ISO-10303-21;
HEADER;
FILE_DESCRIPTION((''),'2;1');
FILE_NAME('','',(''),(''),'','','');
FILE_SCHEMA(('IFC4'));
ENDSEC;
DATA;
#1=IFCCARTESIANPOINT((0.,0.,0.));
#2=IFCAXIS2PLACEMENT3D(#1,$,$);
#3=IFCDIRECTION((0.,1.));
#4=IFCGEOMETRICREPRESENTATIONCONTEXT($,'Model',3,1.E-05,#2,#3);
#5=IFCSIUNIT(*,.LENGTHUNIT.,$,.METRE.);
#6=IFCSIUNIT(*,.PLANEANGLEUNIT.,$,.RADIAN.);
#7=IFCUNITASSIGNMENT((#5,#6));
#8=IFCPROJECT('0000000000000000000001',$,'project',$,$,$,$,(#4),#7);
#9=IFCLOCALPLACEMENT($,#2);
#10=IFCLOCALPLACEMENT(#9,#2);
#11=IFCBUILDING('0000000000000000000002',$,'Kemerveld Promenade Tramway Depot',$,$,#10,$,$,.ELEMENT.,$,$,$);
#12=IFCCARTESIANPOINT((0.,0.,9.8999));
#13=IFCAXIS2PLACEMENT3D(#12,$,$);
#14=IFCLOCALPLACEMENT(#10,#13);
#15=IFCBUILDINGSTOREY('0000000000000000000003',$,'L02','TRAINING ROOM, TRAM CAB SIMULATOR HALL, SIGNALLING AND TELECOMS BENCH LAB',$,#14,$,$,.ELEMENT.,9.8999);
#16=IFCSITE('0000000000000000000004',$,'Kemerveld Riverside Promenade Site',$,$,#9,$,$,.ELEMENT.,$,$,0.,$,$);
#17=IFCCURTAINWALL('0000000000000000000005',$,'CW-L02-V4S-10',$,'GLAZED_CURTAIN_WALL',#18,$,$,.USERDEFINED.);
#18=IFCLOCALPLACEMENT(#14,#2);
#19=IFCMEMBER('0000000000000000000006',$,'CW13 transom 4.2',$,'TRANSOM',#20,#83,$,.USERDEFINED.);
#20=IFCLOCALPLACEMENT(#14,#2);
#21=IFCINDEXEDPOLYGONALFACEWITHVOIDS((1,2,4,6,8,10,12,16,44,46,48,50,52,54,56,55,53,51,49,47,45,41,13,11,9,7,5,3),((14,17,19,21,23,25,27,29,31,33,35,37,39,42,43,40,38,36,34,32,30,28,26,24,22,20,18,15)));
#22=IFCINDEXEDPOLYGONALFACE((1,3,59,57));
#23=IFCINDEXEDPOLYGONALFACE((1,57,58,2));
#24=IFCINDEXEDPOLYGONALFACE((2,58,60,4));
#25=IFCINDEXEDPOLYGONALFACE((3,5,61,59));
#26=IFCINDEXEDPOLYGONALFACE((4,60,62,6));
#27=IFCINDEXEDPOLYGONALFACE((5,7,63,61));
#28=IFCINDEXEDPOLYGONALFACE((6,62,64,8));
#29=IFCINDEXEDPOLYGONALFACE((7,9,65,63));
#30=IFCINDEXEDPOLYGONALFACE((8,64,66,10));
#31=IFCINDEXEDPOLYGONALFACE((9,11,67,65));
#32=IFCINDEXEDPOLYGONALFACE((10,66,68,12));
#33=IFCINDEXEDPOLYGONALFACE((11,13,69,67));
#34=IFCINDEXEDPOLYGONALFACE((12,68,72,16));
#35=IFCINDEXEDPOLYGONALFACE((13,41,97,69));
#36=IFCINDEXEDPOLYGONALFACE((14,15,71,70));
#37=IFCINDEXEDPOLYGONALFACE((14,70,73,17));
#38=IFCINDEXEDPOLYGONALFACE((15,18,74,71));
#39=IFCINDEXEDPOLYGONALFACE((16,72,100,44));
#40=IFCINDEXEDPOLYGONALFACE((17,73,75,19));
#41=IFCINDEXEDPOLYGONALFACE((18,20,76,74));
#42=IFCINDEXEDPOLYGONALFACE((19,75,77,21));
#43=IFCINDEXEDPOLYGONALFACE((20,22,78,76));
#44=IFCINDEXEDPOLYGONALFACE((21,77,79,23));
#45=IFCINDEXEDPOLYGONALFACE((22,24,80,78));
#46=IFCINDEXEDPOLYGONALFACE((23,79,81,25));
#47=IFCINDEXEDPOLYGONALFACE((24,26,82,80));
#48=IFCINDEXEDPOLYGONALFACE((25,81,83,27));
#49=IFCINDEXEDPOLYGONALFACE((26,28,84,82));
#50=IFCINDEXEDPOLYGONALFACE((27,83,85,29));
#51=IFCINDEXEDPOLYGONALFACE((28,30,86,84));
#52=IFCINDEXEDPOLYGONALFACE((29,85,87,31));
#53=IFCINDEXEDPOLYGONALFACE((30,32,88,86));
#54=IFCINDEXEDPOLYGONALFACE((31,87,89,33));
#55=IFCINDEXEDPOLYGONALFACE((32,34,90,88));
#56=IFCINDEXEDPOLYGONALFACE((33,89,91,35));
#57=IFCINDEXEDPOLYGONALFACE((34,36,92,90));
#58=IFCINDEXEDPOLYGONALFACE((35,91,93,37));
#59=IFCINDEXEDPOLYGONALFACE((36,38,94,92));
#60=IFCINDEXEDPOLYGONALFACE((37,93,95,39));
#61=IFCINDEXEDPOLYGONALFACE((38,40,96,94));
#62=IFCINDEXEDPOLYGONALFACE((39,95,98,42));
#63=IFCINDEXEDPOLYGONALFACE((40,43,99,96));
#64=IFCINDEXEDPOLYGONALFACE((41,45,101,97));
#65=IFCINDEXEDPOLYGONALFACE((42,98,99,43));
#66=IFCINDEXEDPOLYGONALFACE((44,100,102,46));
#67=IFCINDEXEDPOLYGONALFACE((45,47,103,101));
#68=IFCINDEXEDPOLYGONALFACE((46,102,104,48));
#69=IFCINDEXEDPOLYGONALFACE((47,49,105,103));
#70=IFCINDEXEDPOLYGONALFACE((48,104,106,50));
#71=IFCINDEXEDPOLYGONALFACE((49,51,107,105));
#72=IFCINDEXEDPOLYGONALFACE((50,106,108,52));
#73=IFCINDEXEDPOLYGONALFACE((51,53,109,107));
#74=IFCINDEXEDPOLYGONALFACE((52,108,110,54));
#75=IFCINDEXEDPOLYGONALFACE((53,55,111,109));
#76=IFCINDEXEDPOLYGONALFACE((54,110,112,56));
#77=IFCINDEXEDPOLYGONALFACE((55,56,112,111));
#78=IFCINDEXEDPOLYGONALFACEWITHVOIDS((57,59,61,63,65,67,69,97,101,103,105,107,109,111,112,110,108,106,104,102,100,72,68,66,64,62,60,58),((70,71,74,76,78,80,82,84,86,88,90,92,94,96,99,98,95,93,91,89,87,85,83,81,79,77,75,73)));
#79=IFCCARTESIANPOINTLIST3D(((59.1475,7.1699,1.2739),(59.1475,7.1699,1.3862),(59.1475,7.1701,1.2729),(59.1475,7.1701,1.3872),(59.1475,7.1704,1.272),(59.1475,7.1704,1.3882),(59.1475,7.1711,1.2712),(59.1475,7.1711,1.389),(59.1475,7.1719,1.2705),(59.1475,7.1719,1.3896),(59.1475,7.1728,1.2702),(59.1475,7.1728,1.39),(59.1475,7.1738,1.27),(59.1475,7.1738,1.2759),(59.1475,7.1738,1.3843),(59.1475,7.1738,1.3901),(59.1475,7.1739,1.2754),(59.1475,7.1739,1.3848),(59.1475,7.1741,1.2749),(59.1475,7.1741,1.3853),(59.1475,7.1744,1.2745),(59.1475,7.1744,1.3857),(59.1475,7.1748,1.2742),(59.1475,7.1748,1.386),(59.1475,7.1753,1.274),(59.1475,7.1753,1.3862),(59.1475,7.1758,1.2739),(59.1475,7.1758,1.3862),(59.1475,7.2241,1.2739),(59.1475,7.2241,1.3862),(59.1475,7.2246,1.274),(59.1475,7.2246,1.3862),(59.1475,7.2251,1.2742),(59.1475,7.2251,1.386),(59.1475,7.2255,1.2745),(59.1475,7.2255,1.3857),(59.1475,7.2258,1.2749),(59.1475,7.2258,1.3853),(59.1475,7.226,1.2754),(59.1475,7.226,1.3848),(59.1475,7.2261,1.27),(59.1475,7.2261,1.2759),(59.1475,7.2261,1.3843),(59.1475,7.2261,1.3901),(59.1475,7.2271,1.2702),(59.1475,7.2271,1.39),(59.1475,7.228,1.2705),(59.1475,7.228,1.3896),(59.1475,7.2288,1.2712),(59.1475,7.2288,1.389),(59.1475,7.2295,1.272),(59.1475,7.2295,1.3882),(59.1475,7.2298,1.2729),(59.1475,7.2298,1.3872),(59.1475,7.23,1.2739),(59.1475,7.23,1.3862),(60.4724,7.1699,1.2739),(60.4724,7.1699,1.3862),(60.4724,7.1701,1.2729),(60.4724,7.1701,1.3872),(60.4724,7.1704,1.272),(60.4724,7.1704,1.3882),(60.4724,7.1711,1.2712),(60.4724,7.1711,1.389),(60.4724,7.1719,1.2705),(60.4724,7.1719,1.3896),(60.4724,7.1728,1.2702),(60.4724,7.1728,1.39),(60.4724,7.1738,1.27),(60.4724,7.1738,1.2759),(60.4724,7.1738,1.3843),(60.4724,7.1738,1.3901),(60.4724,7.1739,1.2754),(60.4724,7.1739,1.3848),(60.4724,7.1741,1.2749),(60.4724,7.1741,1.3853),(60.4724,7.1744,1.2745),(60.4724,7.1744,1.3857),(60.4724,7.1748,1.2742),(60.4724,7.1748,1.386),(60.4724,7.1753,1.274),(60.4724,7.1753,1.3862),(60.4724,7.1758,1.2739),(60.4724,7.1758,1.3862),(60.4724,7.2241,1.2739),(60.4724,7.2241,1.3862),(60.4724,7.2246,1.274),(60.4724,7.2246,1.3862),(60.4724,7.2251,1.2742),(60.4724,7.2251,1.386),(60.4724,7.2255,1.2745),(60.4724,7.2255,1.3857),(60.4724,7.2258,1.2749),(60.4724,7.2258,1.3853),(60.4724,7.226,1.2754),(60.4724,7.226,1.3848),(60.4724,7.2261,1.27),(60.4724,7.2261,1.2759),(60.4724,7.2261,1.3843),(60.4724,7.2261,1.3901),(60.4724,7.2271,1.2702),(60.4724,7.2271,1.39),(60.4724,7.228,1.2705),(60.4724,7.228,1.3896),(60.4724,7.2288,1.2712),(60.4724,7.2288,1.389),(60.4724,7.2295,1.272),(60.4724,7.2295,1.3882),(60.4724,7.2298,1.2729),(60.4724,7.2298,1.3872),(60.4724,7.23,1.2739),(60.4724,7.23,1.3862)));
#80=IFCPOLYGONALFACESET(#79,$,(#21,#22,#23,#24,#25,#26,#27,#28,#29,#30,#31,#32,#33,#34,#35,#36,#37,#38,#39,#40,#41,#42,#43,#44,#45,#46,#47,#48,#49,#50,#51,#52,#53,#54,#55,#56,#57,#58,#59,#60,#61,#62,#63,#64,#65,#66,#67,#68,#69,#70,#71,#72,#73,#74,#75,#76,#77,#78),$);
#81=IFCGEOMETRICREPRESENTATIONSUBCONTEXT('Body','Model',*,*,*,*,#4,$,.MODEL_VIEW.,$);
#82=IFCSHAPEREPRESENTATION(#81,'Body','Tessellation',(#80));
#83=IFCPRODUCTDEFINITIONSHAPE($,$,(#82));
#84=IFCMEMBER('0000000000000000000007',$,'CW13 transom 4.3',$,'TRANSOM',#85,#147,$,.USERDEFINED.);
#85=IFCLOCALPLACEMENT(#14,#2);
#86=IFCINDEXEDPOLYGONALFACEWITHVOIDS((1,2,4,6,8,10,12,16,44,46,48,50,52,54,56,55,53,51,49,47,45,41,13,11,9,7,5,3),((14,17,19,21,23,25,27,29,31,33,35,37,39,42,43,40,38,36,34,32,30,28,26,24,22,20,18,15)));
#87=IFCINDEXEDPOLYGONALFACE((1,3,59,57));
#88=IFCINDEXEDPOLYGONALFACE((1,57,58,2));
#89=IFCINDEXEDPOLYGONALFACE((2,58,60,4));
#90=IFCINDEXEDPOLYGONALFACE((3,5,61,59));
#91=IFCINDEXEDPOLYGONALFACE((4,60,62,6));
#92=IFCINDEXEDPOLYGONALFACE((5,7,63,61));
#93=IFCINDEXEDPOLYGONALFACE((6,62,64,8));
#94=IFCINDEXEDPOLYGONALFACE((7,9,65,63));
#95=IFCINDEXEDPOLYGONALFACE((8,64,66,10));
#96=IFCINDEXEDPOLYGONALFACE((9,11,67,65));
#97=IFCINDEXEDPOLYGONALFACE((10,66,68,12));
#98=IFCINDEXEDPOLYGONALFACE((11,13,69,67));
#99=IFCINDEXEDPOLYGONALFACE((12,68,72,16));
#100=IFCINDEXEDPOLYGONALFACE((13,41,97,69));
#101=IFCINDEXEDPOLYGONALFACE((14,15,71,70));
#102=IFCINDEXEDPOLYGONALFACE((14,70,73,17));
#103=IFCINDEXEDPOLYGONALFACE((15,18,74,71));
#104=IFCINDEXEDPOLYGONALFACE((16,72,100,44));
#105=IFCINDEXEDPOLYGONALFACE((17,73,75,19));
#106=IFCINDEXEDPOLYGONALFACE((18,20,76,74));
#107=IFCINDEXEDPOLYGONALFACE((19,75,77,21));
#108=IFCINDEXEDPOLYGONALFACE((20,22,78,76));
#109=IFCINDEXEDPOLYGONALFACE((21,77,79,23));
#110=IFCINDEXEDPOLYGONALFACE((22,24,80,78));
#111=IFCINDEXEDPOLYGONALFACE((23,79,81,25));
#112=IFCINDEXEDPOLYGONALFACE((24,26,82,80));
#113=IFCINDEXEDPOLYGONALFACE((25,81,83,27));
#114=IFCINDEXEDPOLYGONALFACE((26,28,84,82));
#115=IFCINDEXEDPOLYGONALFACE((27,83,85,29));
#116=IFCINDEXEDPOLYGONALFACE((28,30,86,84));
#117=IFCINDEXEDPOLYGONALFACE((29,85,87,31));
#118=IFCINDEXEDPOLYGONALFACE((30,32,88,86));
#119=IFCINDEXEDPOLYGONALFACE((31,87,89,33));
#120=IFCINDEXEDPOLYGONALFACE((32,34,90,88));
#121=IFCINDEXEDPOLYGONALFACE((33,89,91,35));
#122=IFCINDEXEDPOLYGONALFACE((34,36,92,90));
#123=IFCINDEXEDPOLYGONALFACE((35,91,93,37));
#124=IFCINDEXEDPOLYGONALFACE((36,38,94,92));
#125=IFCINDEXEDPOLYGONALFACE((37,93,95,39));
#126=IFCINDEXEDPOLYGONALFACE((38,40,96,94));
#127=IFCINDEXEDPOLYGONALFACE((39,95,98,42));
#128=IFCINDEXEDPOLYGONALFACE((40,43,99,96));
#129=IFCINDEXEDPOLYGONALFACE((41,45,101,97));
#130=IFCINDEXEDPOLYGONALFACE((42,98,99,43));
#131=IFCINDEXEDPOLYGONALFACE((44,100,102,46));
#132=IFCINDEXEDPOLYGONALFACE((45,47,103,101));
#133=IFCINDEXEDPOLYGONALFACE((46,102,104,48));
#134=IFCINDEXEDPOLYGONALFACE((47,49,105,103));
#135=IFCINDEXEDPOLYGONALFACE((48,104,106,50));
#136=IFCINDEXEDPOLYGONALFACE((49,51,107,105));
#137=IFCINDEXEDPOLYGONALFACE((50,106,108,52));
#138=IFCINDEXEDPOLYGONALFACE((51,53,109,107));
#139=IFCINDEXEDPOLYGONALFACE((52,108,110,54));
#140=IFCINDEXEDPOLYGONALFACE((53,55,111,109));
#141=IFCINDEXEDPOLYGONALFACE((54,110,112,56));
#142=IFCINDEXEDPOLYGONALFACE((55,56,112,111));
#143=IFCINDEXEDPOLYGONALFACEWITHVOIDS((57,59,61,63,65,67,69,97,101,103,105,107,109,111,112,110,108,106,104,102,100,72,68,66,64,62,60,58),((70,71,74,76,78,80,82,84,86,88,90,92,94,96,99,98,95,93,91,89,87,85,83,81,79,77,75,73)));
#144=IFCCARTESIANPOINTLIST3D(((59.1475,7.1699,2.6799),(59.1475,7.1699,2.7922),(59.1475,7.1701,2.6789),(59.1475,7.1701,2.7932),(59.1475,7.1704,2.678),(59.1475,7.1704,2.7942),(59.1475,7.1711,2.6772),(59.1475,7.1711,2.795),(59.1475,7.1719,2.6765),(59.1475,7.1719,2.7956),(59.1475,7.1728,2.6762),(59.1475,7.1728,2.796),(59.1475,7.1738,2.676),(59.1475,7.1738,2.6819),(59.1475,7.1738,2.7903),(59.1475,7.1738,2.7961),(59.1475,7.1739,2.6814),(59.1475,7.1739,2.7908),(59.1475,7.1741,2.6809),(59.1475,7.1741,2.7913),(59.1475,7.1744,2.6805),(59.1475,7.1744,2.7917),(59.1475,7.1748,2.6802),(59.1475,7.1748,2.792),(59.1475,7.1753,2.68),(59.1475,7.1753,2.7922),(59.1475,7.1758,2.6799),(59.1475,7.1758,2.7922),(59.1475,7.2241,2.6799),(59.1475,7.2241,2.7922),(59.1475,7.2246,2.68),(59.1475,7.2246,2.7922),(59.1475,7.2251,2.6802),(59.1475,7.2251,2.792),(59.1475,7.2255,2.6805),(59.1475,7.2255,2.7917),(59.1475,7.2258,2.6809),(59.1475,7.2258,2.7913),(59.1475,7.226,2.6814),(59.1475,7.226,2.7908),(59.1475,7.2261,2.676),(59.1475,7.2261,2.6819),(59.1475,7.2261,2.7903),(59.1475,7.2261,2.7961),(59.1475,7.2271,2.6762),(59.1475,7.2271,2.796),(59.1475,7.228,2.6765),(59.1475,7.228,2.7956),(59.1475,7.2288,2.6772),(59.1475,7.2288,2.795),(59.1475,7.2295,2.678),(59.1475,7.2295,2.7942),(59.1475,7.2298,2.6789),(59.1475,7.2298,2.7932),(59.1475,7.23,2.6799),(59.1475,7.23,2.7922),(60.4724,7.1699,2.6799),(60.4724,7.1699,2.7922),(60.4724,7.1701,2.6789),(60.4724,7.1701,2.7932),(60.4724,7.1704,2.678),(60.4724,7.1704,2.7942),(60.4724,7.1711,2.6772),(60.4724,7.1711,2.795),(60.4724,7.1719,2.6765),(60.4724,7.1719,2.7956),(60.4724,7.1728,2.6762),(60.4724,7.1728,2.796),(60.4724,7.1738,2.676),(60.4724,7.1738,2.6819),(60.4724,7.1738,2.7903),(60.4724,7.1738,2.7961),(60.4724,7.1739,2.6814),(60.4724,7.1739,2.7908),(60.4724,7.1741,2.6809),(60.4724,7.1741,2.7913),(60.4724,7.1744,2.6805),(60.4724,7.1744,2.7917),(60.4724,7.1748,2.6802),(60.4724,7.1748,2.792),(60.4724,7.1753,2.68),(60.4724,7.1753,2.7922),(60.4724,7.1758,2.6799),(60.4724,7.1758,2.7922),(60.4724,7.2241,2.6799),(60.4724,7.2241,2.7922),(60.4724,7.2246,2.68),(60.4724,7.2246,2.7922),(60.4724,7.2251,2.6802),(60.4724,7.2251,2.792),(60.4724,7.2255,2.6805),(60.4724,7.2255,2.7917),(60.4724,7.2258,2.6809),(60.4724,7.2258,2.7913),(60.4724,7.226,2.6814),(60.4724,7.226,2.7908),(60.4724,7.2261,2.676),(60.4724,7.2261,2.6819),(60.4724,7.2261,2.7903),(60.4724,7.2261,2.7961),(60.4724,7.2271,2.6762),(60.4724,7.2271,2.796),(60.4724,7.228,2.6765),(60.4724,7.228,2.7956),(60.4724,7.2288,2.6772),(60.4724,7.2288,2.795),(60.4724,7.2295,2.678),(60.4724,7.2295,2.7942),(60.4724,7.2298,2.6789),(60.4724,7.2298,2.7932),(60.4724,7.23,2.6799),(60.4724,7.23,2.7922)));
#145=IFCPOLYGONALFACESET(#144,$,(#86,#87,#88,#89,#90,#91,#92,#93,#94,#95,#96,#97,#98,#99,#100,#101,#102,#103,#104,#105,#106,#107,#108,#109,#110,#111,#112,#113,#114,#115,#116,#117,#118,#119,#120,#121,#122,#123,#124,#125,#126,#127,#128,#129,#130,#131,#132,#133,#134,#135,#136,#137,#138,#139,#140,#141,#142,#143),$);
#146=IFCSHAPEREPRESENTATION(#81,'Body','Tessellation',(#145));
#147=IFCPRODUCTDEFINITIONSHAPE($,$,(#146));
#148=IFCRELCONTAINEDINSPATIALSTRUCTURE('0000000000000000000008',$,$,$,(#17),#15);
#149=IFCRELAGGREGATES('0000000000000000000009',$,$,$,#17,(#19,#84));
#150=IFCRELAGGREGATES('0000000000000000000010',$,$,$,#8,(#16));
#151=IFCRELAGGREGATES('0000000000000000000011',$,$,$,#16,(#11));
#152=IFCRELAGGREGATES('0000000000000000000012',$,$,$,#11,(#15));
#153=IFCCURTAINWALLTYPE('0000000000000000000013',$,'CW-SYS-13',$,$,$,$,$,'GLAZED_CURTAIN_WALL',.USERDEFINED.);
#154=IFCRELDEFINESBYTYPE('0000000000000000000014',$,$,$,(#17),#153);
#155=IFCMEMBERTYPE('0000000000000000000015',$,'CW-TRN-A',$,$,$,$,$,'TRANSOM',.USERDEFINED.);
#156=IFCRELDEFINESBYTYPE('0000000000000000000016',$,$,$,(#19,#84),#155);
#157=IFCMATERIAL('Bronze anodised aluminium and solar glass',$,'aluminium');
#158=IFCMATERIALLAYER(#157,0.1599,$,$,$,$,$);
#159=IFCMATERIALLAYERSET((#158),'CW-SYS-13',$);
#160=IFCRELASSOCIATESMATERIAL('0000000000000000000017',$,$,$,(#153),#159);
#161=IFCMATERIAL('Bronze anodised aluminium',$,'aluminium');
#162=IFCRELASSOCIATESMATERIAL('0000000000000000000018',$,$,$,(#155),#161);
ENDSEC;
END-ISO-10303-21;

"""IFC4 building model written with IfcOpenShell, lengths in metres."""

from ifc_helpers import new_model, si_unit, direction, frame, origin, origin_2d, place, context, subcontext, project, spatial, hollow_rectangle, extrude, material, layer, layer_set, material_profile, profile_set, type_object, element, aggregate, save


model = new_model("IFC4")

# Units and contexts
model_context = context("Model", 3, precision=1e-05, world=origin(), true_north=direction((0.0, 1.0)))
body_context = subcontext(model_context, "Body", "Model", "MODEL_VIEW")
ifc_project = project(units=[si_unit("LENGTHUNIT", "METRE"), si_unit("PLANEANGLEUNIT", "RADIAN")], contexts=[model_context])

# Site, building, storey
site_placement = place(None, origin())
site = spatial("IfcSite", under=ifc_project, at=site_placement, Name="Kemerveld Riverside Promenade Site", CompositionType="ELEMENT", RefElevation=0.0)
building_placement = place(site_placement, origin())
building = spatial("IfcBuilding", under=site, at=building_placement, Name="Kemerveld Promenade Tramway Depot", CompositionType="ELEMENT")
storey_placement = place(building_placement, frame((0.0, 0.0, 9.8999)))
storey = spatial("IfcBuildingStorey", under=building, at=storey_placement, Name="L02", Description="TRAINING ROOM, TRAM CAB SIMULATOR HALL, SIGNALLING AND TELECOMS BENCH LAB", CompositionType="ELEMENT", Elevation=9.8999)

# Curtain wall
ifc_material_1 = material(Name="Bronze anodised aluminium and solar glass", Category="aluminium")
ifc_layer_1 = layer(ifc_material_1, 0.1599)
ifc_layer_set_1 = layer_set([ifc_layer_1], Name="CW-SYS-13")
curtain_wall_type_1 = type_object("IfcCurtainWallType", Name="CW-SYS-13", ElementType="GLAZED_CURTAIN_WALL", PredefinedType="USERDEFINED", material=ifc_layer_set_1)
curtain_wall_1_placement = place(storey_placement, origin())
curtain_wall_1 = element("IfcCurtainWall", 1, at=curtain_wall_1_placement, inside=storey, type_object=curtain_wall_type_1, Name="CW-L02-V4S-10", ObjectType="GLAZED_CURTAIN_WALL", PredefinedType="USERDEFINED")
ifc_material_2 = material(Name="Bronze anodised aluminium", Category="aluminium")

# Members
ifc_material_profile_1 = material_profile(ifc_material_2, hollow_rectangle(XDim=0.0601, YDim=0.1201, WallThickness=0.0039, InnerFilletRadius=0.002, OuterFilletRadius=0.0039, at=origin_2d()), Name="CW-TRN-120x60")
ifc_profile_set_1 = profile_set([ifc_material_profile_1], Name="Bronze anodised aluminium")
member_type_1 = type_object("IfcMemberType", Name="CW-TRN-A", ElementType="TRANSOM", PredefinedType="USERDEFINED", material=ifc_profile_set_1)
member_1_placement = place(storey_placement, frame((60.4724, 7.2, 1.3301), z_axis=(-1.0, 0.0, 0.0), x_axis=(0.0, -1.0, 0.0)))
member_1 = element("IfcMember", 2, at=member_1_placement, type_object=member_type_1, Name="CW13 transom 4.2", ObjectType="TRANSOM", PredefinedType="USERDEFINED", context=body_context, shape_type="SweptSolid", body=[
    extrude(hollow_rectangle(XDim=0.0601, YDim=0.1201, WallThickness=0.0039, InnerFilletRadius=0.002, OuterFilletRadius=0.0039, at=origin_2d()), origin(), (0.0, 0.0, 1.0), 1.325),
])
member_2_placement = place(storey_placement, frame((60.4724, 7.2, 2.7361), z_axis=(-1.0, 0.0, 0.0), x_axis=(0.0, -1.0, 0.0)))
member_2 = element("IfcMember", 3, at=member_2_placement, type_object=member_type_1, Name="CW13 transom 4.3", ObjectType="TRANSOM", PredefinedType="USERDEFINED", context=body_context, shape_type="SweptSolid", body=[
    extrude(hollow_rectangle(XDim=0.0601, YDim=0.1201, WallThickness=0.0039, InnerFilletRadius=0.002, OuterFilletRadius=0.0039, at=origin_2d()), origin(), (0.0, 0.0, 1.0), 1.325),
])

aggregate(curtain_wall_1, [member_1, member_2])

save(model, "model.ifc")
